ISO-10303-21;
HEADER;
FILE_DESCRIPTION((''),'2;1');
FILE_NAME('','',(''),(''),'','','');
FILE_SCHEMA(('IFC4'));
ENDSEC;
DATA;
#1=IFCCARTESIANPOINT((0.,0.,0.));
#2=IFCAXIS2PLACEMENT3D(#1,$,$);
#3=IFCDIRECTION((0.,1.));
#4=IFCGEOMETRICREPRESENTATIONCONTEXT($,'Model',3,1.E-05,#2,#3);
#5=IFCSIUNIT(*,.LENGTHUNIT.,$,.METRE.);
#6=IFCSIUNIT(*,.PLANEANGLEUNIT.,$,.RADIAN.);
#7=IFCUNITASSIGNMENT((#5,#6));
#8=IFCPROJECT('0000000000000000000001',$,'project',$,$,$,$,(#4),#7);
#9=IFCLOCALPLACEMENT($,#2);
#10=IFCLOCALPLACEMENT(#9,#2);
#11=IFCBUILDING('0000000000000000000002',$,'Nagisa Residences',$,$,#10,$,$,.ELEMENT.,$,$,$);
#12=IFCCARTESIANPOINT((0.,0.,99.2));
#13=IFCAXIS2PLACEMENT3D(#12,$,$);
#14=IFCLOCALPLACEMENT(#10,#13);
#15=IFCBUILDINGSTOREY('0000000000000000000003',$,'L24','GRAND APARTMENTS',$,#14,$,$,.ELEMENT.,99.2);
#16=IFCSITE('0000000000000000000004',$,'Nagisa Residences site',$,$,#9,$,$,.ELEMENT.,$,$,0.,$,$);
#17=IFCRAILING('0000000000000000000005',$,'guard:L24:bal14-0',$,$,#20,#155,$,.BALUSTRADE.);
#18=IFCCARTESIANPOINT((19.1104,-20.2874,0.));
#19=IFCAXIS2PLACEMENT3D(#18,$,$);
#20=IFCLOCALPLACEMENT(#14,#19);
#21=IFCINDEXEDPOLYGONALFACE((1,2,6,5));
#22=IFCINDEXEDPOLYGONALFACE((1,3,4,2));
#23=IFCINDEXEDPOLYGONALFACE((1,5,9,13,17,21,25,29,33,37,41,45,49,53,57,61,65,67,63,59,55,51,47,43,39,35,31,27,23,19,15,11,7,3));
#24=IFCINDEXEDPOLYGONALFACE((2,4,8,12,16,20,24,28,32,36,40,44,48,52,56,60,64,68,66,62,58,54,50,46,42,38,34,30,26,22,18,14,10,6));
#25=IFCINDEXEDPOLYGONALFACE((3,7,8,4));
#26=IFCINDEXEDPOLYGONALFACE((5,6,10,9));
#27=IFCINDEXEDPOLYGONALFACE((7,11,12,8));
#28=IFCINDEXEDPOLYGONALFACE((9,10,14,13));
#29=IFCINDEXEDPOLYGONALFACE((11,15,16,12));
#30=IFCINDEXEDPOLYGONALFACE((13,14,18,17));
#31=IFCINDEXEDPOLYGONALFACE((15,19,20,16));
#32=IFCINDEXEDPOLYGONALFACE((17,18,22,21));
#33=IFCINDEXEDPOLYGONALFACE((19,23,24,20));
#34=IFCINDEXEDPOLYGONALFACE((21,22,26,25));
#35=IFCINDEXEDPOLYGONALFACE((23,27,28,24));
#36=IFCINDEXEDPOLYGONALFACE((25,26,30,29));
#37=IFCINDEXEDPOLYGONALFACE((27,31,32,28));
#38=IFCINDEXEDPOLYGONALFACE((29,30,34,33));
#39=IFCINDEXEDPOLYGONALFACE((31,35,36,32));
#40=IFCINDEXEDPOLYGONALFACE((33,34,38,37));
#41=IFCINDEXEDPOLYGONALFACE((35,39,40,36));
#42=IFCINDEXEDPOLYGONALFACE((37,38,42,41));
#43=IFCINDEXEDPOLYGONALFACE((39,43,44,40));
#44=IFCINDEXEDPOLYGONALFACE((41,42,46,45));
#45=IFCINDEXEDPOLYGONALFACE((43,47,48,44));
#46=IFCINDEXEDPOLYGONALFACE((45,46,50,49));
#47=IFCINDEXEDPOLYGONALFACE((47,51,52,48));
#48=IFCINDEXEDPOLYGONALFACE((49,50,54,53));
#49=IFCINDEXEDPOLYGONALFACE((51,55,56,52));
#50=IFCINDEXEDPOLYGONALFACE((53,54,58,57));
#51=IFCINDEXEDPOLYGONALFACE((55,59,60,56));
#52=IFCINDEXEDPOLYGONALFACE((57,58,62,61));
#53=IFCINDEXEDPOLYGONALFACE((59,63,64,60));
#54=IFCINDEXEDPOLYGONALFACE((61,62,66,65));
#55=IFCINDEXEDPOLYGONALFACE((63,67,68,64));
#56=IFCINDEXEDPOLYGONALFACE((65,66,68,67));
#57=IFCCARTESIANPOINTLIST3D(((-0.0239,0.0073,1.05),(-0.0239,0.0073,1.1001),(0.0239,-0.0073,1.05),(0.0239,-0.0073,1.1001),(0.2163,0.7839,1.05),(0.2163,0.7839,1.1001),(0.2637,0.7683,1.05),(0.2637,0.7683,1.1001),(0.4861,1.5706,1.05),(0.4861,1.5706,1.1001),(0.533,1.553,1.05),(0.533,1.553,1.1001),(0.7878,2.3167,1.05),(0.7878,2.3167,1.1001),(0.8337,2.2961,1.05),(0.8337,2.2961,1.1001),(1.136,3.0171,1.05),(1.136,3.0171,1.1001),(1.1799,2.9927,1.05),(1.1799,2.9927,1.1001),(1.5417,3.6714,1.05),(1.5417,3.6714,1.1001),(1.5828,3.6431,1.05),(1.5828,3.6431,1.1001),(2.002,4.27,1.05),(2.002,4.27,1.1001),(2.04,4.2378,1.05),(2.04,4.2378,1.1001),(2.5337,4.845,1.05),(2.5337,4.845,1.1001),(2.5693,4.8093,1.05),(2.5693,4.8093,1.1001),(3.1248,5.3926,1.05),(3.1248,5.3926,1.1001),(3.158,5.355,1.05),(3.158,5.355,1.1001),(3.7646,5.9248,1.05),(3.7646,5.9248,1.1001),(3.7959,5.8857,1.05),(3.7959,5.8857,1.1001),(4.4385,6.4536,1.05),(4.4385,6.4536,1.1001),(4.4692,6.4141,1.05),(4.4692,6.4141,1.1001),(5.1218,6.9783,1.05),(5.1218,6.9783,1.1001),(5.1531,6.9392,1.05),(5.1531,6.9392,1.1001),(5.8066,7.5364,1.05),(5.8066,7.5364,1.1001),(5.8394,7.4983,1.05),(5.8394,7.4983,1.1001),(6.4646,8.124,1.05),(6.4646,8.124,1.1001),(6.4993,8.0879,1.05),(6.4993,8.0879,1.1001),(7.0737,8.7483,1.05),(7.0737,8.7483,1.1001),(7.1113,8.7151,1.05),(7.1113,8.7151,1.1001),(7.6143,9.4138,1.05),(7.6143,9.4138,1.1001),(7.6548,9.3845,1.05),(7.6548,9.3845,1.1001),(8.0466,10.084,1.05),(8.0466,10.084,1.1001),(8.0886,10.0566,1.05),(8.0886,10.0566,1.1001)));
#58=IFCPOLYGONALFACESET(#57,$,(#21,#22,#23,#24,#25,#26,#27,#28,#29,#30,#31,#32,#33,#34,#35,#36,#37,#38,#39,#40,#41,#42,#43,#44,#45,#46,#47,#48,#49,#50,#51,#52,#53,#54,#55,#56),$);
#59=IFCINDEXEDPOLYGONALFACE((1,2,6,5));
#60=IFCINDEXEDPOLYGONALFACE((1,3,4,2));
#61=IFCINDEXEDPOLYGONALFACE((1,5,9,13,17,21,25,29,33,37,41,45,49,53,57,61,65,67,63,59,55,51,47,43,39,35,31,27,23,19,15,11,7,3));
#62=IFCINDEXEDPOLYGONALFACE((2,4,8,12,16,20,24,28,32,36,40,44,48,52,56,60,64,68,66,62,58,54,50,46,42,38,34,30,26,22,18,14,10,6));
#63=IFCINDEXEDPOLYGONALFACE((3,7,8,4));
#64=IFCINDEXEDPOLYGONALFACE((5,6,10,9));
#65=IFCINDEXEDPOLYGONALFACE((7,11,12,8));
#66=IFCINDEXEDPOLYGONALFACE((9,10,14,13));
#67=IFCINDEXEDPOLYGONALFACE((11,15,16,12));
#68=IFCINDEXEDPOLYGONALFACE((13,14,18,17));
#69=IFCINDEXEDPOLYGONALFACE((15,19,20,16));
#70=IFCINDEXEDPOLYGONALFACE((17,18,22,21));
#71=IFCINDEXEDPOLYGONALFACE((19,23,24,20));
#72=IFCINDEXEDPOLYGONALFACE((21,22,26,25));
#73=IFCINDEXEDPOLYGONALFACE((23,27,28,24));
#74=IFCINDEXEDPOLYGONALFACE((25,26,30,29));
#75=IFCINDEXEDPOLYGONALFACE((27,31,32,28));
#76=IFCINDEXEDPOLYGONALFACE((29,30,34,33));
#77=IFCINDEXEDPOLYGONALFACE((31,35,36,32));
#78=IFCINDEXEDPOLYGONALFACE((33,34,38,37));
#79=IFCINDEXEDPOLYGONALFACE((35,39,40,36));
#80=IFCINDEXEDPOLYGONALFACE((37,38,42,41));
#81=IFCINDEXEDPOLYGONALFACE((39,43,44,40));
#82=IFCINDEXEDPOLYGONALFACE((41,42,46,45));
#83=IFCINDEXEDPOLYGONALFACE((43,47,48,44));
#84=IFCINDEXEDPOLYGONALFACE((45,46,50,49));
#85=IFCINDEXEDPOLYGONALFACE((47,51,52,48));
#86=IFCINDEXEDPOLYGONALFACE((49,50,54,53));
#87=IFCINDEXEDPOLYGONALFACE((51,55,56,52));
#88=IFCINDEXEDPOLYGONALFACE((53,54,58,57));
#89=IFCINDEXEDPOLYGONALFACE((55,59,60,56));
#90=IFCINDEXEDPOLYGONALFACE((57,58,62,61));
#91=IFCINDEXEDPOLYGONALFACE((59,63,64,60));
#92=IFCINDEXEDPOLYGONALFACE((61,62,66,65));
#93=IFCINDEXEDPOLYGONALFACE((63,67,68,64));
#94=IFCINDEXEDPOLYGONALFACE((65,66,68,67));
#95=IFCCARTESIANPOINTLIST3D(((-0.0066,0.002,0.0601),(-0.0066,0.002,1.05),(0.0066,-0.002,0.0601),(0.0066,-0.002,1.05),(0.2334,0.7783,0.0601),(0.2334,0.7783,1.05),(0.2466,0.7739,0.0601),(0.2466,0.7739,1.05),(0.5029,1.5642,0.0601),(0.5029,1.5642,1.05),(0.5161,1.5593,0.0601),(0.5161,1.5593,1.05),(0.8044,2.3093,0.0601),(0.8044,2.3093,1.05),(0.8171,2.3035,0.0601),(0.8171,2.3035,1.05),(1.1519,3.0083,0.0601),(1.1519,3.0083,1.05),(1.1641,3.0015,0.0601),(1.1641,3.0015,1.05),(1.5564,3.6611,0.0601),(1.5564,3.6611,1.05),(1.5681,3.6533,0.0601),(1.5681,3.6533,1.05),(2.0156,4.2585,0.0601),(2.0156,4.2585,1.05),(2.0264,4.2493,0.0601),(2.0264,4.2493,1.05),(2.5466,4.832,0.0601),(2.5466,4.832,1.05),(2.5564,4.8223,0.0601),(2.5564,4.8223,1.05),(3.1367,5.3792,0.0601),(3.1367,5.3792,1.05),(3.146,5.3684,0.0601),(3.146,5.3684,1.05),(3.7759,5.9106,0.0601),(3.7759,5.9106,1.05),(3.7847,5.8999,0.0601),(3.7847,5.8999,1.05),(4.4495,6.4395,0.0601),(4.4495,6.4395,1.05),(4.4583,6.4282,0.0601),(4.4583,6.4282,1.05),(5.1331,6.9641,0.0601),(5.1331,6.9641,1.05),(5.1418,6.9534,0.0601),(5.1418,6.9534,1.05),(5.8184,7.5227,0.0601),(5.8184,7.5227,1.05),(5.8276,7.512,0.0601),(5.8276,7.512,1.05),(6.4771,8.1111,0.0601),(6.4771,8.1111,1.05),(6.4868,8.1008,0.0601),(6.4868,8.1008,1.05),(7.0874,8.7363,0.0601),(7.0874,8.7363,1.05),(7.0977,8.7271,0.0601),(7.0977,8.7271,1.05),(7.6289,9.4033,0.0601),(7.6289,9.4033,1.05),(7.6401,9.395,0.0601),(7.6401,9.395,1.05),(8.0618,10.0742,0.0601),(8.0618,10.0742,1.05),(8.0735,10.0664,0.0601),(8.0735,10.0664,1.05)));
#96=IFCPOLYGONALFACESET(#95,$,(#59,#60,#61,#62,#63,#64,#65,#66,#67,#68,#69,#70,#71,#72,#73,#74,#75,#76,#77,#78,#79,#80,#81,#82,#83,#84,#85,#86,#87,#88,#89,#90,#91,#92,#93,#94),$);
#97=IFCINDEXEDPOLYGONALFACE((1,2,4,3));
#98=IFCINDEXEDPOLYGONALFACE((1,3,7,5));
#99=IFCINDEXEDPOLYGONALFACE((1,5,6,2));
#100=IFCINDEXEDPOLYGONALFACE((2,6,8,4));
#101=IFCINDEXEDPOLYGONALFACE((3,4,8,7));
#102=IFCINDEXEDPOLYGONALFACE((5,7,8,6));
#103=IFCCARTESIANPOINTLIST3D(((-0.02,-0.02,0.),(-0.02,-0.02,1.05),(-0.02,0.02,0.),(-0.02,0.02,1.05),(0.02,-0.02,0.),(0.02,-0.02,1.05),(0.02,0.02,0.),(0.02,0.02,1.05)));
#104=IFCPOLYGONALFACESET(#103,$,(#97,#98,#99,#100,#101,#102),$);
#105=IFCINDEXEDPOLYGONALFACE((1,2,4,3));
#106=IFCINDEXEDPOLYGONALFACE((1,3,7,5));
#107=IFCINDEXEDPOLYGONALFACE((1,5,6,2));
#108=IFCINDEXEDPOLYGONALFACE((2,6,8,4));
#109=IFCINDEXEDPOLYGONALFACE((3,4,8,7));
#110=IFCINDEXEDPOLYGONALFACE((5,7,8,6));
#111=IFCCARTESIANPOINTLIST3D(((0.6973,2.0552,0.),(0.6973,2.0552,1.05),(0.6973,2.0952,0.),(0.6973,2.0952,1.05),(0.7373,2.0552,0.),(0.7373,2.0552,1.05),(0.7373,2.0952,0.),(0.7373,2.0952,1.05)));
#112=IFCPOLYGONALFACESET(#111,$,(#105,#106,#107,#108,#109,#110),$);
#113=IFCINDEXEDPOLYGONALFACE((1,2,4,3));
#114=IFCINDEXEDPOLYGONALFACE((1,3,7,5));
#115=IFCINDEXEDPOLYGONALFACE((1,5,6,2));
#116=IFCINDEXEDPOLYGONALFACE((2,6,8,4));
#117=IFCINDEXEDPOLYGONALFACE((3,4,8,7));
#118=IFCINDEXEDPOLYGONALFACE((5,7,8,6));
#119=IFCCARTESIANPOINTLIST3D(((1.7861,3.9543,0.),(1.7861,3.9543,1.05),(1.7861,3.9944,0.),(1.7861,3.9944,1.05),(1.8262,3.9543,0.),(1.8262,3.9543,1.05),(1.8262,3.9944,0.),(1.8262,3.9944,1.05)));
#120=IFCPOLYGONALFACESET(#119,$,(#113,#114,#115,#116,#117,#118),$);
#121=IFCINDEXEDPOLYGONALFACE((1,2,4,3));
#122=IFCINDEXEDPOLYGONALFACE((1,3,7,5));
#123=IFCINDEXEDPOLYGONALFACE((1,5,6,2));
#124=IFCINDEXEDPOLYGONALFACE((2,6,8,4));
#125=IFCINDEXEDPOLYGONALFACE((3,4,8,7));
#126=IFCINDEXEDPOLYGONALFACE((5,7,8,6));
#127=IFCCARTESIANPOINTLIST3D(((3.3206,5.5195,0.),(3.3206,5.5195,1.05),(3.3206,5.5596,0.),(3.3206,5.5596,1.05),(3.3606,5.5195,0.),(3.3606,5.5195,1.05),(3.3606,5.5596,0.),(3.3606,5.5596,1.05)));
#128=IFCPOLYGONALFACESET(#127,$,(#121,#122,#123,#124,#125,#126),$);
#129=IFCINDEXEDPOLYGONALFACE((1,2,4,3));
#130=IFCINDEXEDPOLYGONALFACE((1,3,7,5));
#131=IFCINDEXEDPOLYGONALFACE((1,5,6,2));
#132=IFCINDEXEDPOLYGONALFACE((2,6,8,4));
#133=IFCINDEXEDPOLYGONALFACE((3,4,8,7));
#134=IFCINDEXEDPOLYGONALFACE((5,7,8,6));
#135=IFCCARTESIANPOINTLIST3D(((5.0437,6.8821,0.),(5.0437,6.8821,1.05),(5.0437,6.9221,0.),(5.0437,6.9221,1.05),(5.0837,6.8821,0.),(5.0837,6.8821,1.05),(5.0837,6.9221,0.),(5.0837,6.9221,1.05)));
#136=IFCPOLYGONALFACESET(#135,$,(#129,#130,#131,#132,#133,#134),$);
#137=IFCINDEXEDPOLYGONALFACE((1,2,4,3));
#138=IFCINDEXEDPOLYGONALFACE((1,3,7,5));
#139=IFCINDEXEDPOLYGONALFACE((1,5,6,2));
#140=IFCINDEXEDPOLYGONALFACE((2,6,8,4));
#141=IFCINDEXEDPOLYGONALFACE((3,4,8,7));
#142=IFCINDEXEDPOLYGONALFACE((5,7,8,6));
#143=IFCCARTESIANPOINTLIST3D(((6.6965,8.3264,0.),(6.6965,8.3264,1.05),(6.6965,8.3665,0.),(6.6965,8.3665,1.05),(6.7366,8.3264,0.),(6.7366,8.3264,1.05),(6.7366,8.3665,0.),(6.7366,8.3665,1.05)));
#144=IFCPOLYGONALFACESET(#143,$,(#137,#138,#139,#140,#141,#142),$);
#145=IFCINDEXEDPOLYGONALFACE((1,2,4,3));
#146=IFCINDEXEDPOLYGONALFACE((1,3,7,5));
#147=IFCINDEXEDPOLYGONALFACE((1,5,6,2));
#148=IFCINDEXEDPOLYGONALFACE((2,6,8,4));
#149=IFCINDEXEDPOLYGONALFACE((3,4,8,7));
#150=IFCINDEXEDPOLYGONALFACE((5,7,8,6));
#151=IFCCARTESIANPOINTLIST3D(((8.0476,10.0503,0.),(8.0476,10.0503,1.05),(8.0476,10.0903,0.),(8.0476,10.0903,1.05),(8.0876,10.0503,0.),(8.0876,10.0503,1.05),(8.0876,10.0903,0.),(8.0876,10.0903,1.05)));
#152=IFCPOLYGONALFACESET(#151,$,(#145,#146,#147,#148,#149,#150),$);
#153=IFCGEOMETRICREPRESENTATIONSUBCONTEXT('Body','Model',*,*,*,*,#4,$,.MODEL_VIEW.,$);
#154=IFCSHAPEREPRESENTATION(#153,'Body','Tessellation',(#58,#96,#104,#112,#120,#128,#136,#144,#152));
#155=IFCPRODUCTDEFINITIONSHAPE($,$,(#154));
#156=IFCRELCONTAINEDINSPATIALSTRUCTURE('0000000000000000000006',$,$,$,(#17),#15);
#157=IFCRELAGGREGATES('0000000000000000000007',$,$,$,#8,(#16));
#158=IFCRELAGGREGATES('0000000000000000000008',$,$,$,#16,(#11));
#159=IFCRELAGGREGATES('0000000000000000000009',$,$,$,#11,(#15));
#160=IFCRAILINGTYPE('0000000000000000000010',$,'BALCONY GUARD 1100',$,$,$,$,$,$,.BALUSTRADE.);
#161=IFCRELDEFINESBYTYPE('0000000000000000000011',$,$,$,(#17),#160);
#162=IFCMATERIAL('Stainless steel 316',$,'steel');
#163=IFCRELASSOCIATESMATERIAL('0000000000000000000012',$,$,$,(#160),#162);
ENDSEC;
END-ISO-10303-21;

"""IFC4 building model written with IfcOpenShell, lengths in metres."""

from ifc_helpers import new_model, si_unit, direction, frame, origin, origin_2d, place, context, subcontext, project, spatial, polyline, rectangle, outline, extrude, material, type_object, element, save


model = new_model("IFC4")

# Units and contexts
model_context = context("Model", 3, precision=1e-05, world=origin(), true_north=direction((0.0, 1.0)))
body_context = subcontext(model_context, "Body", "Model", "MODEL_VIEW")
ifc_project = project(units=[si_unit("LENGTHUNIT", "METRE"), si_unit("PLANEANGLEUNIT", "RADIAN")], contexts=[model_context])

# Site, building, storey
site_placement = place(None, origin())
site = spatial("IfcSite", under=ifc_project, at=site_placement, Name="Nagisa Residences site", CompositionType="ELEMENT", RefElevation=0.0)
building_placement = place(site_placement, origin())
building = spatial("IfcBuilding", under=site, at=building_placement, Name="Nagisa Residences", CompositionType="ELEMENT")
storey_placement = place(building_placement, frame((0.0, 0.0, 99.2)))
storey = spatial("IfcBuildingStorey", under=building, at=storey_placement, Name="L24", Description="GRAND APARTMENTS", CompositionType="ELEMENT", Elevation=99.2)

# Railing
ifc_material_1 = material(Name="Stainless steel 316", Category="steel")
railing_type = type_object("IfcRailingType", Name="BALCONY GUARD 1100", PredefinedType="BALUSTRADE", material=ifc_material_1)
railing_1_placement = place(storey_placement, frame((19.1104, -20.2874, 0.0)))
element("IfcRailing", 1, at=railing_1_placement, inside=storey, type_object=railing_type, Name="guard:L24:bal14-0", PredefinedType="BALUSTRADE", context=body_context, shape_type="SweptSolid", body=[
    extrude(outline(polyline([(0.2163, 0.7839), (-0.0239, 0.0073), (0.0239, -0.0073), (0.2637, 0.7683), (0.533, 1.553), (0.8337, 2.2961), (1.1799, 2.9927), (1.5828, 3.6431), (2.04, 4.2378), (2.5693, 4.8093), (3.158, 5.355), (3.7959, 5.8857), (4.4692, 6.4141), (5.1531, 6.9392), (5.8394, 7.4983), (6.4993, 8.0879), (7.1113, 8.7151), (7.6548, 9.3845), (8.0886, 10.0566), (8.0466, 10.084), (7.6143, 9.4138), (7.0737, 8.7483), (6.4646, 8.124), (5.8066, 7.5364), (5.1218, 6.9783), (4.4385, 6.4536), (3.7646, 5.9248), (3.1248, 5.3926), (2.5337, 4.845), (2.002, 4.27), (1.5417, 3.6714), (1.136, 3.0171), (0.7878, 2.3167), (0.4861, 1.5706), (0.2163, 0.7839)])), frame((0.0, 0.0, 1.05)), (0.0, 0.0, 1.0), 0.05),
    extrude(outline(polyline([(0.2334, 0.7783), (-0.0066, 0.002), (0.0066, -0.002), (0.2466, 0.7739), (0.5161, 1.5593), (0.8171, 2.3035), (1.1641, 3.0015), (1.5681, 3.6533), (2.0264, 4.2493), (2.5564, 4.8223), (3.146, 5.3684), (3.7847, 5.8999), (4.4583, 6.4282), (5.1418, 6.9534), (5.8276, 7.512), (6.4868, 8.1008), (7.0977, 8.7271), (7.6401, 9.395), (8.0735, 10.0664), (8.0618, 10.0742), (7.6289, 9.4033), (7.0874, 8.7363), (6.4771, 8.1111), (5.8184, 7.5227), (5.1331, 6.9641), (4.4495, 6.4395), (3.7759, 5.9106), (3.1367, 5.3792), (2.5466, 4.832), (2.0156, 4.2585), (1.5564, 3.6611), (1.1519, 3.0083), (0.8044, 2.3093), (0.5029, 1.5642), (0.2334, 0.7783)])), frame((0.0, 0.0, 0.0601)), (0.0, 0.0, 1.0), 0.99),
    extrude(rectangle(XDim=0.04, YDim=0.04, at=origin_2d()), origin(), (0.0, 0.0, 1.0), 1.05),
    extrude(rectangle(XDim=0.04, YDim=0.04, at=origin_2d()), frame((0.7173, 2.0752, 0.0)), (0.0, 0.0, 1.0), 1.05),
    extrude(rectangle(XDim=0.04, YDim=0.04, at=origin_2d()), frame((1.8062, 3.9744, 0.0)), (0.0, 0.0, 1.0), 1.05),
    extrude(rectangle(XDim=0.04, YDim=0.04, at=origin_2d()), frame((3.3406, 5.5396, 0.0)), (0.0, 0.0, 1.0), 1.05),
    extrude(rectangle(XDim=0.04, YDim=0.04, at=origin_2d()), frame((5.0637, 6.9021, 0.0)), (0.0, 0.0, 1.0), 1.05),
    extrude(rectangle(XDim=0.04, YDim=0.04, at=origin_2d()), frame((6.7166, 8.3464, 0.0)), (0.0, 0.0, 1.0), 1.05),
    extrude(rectangle(XDim=0.04, YDim=0.04, at=origin_2d()), frame((8.0676, 10.0703, 0.0)), (0.0, 0.0, 1.0), 1.05),
])

save(model, "model.ifc")
